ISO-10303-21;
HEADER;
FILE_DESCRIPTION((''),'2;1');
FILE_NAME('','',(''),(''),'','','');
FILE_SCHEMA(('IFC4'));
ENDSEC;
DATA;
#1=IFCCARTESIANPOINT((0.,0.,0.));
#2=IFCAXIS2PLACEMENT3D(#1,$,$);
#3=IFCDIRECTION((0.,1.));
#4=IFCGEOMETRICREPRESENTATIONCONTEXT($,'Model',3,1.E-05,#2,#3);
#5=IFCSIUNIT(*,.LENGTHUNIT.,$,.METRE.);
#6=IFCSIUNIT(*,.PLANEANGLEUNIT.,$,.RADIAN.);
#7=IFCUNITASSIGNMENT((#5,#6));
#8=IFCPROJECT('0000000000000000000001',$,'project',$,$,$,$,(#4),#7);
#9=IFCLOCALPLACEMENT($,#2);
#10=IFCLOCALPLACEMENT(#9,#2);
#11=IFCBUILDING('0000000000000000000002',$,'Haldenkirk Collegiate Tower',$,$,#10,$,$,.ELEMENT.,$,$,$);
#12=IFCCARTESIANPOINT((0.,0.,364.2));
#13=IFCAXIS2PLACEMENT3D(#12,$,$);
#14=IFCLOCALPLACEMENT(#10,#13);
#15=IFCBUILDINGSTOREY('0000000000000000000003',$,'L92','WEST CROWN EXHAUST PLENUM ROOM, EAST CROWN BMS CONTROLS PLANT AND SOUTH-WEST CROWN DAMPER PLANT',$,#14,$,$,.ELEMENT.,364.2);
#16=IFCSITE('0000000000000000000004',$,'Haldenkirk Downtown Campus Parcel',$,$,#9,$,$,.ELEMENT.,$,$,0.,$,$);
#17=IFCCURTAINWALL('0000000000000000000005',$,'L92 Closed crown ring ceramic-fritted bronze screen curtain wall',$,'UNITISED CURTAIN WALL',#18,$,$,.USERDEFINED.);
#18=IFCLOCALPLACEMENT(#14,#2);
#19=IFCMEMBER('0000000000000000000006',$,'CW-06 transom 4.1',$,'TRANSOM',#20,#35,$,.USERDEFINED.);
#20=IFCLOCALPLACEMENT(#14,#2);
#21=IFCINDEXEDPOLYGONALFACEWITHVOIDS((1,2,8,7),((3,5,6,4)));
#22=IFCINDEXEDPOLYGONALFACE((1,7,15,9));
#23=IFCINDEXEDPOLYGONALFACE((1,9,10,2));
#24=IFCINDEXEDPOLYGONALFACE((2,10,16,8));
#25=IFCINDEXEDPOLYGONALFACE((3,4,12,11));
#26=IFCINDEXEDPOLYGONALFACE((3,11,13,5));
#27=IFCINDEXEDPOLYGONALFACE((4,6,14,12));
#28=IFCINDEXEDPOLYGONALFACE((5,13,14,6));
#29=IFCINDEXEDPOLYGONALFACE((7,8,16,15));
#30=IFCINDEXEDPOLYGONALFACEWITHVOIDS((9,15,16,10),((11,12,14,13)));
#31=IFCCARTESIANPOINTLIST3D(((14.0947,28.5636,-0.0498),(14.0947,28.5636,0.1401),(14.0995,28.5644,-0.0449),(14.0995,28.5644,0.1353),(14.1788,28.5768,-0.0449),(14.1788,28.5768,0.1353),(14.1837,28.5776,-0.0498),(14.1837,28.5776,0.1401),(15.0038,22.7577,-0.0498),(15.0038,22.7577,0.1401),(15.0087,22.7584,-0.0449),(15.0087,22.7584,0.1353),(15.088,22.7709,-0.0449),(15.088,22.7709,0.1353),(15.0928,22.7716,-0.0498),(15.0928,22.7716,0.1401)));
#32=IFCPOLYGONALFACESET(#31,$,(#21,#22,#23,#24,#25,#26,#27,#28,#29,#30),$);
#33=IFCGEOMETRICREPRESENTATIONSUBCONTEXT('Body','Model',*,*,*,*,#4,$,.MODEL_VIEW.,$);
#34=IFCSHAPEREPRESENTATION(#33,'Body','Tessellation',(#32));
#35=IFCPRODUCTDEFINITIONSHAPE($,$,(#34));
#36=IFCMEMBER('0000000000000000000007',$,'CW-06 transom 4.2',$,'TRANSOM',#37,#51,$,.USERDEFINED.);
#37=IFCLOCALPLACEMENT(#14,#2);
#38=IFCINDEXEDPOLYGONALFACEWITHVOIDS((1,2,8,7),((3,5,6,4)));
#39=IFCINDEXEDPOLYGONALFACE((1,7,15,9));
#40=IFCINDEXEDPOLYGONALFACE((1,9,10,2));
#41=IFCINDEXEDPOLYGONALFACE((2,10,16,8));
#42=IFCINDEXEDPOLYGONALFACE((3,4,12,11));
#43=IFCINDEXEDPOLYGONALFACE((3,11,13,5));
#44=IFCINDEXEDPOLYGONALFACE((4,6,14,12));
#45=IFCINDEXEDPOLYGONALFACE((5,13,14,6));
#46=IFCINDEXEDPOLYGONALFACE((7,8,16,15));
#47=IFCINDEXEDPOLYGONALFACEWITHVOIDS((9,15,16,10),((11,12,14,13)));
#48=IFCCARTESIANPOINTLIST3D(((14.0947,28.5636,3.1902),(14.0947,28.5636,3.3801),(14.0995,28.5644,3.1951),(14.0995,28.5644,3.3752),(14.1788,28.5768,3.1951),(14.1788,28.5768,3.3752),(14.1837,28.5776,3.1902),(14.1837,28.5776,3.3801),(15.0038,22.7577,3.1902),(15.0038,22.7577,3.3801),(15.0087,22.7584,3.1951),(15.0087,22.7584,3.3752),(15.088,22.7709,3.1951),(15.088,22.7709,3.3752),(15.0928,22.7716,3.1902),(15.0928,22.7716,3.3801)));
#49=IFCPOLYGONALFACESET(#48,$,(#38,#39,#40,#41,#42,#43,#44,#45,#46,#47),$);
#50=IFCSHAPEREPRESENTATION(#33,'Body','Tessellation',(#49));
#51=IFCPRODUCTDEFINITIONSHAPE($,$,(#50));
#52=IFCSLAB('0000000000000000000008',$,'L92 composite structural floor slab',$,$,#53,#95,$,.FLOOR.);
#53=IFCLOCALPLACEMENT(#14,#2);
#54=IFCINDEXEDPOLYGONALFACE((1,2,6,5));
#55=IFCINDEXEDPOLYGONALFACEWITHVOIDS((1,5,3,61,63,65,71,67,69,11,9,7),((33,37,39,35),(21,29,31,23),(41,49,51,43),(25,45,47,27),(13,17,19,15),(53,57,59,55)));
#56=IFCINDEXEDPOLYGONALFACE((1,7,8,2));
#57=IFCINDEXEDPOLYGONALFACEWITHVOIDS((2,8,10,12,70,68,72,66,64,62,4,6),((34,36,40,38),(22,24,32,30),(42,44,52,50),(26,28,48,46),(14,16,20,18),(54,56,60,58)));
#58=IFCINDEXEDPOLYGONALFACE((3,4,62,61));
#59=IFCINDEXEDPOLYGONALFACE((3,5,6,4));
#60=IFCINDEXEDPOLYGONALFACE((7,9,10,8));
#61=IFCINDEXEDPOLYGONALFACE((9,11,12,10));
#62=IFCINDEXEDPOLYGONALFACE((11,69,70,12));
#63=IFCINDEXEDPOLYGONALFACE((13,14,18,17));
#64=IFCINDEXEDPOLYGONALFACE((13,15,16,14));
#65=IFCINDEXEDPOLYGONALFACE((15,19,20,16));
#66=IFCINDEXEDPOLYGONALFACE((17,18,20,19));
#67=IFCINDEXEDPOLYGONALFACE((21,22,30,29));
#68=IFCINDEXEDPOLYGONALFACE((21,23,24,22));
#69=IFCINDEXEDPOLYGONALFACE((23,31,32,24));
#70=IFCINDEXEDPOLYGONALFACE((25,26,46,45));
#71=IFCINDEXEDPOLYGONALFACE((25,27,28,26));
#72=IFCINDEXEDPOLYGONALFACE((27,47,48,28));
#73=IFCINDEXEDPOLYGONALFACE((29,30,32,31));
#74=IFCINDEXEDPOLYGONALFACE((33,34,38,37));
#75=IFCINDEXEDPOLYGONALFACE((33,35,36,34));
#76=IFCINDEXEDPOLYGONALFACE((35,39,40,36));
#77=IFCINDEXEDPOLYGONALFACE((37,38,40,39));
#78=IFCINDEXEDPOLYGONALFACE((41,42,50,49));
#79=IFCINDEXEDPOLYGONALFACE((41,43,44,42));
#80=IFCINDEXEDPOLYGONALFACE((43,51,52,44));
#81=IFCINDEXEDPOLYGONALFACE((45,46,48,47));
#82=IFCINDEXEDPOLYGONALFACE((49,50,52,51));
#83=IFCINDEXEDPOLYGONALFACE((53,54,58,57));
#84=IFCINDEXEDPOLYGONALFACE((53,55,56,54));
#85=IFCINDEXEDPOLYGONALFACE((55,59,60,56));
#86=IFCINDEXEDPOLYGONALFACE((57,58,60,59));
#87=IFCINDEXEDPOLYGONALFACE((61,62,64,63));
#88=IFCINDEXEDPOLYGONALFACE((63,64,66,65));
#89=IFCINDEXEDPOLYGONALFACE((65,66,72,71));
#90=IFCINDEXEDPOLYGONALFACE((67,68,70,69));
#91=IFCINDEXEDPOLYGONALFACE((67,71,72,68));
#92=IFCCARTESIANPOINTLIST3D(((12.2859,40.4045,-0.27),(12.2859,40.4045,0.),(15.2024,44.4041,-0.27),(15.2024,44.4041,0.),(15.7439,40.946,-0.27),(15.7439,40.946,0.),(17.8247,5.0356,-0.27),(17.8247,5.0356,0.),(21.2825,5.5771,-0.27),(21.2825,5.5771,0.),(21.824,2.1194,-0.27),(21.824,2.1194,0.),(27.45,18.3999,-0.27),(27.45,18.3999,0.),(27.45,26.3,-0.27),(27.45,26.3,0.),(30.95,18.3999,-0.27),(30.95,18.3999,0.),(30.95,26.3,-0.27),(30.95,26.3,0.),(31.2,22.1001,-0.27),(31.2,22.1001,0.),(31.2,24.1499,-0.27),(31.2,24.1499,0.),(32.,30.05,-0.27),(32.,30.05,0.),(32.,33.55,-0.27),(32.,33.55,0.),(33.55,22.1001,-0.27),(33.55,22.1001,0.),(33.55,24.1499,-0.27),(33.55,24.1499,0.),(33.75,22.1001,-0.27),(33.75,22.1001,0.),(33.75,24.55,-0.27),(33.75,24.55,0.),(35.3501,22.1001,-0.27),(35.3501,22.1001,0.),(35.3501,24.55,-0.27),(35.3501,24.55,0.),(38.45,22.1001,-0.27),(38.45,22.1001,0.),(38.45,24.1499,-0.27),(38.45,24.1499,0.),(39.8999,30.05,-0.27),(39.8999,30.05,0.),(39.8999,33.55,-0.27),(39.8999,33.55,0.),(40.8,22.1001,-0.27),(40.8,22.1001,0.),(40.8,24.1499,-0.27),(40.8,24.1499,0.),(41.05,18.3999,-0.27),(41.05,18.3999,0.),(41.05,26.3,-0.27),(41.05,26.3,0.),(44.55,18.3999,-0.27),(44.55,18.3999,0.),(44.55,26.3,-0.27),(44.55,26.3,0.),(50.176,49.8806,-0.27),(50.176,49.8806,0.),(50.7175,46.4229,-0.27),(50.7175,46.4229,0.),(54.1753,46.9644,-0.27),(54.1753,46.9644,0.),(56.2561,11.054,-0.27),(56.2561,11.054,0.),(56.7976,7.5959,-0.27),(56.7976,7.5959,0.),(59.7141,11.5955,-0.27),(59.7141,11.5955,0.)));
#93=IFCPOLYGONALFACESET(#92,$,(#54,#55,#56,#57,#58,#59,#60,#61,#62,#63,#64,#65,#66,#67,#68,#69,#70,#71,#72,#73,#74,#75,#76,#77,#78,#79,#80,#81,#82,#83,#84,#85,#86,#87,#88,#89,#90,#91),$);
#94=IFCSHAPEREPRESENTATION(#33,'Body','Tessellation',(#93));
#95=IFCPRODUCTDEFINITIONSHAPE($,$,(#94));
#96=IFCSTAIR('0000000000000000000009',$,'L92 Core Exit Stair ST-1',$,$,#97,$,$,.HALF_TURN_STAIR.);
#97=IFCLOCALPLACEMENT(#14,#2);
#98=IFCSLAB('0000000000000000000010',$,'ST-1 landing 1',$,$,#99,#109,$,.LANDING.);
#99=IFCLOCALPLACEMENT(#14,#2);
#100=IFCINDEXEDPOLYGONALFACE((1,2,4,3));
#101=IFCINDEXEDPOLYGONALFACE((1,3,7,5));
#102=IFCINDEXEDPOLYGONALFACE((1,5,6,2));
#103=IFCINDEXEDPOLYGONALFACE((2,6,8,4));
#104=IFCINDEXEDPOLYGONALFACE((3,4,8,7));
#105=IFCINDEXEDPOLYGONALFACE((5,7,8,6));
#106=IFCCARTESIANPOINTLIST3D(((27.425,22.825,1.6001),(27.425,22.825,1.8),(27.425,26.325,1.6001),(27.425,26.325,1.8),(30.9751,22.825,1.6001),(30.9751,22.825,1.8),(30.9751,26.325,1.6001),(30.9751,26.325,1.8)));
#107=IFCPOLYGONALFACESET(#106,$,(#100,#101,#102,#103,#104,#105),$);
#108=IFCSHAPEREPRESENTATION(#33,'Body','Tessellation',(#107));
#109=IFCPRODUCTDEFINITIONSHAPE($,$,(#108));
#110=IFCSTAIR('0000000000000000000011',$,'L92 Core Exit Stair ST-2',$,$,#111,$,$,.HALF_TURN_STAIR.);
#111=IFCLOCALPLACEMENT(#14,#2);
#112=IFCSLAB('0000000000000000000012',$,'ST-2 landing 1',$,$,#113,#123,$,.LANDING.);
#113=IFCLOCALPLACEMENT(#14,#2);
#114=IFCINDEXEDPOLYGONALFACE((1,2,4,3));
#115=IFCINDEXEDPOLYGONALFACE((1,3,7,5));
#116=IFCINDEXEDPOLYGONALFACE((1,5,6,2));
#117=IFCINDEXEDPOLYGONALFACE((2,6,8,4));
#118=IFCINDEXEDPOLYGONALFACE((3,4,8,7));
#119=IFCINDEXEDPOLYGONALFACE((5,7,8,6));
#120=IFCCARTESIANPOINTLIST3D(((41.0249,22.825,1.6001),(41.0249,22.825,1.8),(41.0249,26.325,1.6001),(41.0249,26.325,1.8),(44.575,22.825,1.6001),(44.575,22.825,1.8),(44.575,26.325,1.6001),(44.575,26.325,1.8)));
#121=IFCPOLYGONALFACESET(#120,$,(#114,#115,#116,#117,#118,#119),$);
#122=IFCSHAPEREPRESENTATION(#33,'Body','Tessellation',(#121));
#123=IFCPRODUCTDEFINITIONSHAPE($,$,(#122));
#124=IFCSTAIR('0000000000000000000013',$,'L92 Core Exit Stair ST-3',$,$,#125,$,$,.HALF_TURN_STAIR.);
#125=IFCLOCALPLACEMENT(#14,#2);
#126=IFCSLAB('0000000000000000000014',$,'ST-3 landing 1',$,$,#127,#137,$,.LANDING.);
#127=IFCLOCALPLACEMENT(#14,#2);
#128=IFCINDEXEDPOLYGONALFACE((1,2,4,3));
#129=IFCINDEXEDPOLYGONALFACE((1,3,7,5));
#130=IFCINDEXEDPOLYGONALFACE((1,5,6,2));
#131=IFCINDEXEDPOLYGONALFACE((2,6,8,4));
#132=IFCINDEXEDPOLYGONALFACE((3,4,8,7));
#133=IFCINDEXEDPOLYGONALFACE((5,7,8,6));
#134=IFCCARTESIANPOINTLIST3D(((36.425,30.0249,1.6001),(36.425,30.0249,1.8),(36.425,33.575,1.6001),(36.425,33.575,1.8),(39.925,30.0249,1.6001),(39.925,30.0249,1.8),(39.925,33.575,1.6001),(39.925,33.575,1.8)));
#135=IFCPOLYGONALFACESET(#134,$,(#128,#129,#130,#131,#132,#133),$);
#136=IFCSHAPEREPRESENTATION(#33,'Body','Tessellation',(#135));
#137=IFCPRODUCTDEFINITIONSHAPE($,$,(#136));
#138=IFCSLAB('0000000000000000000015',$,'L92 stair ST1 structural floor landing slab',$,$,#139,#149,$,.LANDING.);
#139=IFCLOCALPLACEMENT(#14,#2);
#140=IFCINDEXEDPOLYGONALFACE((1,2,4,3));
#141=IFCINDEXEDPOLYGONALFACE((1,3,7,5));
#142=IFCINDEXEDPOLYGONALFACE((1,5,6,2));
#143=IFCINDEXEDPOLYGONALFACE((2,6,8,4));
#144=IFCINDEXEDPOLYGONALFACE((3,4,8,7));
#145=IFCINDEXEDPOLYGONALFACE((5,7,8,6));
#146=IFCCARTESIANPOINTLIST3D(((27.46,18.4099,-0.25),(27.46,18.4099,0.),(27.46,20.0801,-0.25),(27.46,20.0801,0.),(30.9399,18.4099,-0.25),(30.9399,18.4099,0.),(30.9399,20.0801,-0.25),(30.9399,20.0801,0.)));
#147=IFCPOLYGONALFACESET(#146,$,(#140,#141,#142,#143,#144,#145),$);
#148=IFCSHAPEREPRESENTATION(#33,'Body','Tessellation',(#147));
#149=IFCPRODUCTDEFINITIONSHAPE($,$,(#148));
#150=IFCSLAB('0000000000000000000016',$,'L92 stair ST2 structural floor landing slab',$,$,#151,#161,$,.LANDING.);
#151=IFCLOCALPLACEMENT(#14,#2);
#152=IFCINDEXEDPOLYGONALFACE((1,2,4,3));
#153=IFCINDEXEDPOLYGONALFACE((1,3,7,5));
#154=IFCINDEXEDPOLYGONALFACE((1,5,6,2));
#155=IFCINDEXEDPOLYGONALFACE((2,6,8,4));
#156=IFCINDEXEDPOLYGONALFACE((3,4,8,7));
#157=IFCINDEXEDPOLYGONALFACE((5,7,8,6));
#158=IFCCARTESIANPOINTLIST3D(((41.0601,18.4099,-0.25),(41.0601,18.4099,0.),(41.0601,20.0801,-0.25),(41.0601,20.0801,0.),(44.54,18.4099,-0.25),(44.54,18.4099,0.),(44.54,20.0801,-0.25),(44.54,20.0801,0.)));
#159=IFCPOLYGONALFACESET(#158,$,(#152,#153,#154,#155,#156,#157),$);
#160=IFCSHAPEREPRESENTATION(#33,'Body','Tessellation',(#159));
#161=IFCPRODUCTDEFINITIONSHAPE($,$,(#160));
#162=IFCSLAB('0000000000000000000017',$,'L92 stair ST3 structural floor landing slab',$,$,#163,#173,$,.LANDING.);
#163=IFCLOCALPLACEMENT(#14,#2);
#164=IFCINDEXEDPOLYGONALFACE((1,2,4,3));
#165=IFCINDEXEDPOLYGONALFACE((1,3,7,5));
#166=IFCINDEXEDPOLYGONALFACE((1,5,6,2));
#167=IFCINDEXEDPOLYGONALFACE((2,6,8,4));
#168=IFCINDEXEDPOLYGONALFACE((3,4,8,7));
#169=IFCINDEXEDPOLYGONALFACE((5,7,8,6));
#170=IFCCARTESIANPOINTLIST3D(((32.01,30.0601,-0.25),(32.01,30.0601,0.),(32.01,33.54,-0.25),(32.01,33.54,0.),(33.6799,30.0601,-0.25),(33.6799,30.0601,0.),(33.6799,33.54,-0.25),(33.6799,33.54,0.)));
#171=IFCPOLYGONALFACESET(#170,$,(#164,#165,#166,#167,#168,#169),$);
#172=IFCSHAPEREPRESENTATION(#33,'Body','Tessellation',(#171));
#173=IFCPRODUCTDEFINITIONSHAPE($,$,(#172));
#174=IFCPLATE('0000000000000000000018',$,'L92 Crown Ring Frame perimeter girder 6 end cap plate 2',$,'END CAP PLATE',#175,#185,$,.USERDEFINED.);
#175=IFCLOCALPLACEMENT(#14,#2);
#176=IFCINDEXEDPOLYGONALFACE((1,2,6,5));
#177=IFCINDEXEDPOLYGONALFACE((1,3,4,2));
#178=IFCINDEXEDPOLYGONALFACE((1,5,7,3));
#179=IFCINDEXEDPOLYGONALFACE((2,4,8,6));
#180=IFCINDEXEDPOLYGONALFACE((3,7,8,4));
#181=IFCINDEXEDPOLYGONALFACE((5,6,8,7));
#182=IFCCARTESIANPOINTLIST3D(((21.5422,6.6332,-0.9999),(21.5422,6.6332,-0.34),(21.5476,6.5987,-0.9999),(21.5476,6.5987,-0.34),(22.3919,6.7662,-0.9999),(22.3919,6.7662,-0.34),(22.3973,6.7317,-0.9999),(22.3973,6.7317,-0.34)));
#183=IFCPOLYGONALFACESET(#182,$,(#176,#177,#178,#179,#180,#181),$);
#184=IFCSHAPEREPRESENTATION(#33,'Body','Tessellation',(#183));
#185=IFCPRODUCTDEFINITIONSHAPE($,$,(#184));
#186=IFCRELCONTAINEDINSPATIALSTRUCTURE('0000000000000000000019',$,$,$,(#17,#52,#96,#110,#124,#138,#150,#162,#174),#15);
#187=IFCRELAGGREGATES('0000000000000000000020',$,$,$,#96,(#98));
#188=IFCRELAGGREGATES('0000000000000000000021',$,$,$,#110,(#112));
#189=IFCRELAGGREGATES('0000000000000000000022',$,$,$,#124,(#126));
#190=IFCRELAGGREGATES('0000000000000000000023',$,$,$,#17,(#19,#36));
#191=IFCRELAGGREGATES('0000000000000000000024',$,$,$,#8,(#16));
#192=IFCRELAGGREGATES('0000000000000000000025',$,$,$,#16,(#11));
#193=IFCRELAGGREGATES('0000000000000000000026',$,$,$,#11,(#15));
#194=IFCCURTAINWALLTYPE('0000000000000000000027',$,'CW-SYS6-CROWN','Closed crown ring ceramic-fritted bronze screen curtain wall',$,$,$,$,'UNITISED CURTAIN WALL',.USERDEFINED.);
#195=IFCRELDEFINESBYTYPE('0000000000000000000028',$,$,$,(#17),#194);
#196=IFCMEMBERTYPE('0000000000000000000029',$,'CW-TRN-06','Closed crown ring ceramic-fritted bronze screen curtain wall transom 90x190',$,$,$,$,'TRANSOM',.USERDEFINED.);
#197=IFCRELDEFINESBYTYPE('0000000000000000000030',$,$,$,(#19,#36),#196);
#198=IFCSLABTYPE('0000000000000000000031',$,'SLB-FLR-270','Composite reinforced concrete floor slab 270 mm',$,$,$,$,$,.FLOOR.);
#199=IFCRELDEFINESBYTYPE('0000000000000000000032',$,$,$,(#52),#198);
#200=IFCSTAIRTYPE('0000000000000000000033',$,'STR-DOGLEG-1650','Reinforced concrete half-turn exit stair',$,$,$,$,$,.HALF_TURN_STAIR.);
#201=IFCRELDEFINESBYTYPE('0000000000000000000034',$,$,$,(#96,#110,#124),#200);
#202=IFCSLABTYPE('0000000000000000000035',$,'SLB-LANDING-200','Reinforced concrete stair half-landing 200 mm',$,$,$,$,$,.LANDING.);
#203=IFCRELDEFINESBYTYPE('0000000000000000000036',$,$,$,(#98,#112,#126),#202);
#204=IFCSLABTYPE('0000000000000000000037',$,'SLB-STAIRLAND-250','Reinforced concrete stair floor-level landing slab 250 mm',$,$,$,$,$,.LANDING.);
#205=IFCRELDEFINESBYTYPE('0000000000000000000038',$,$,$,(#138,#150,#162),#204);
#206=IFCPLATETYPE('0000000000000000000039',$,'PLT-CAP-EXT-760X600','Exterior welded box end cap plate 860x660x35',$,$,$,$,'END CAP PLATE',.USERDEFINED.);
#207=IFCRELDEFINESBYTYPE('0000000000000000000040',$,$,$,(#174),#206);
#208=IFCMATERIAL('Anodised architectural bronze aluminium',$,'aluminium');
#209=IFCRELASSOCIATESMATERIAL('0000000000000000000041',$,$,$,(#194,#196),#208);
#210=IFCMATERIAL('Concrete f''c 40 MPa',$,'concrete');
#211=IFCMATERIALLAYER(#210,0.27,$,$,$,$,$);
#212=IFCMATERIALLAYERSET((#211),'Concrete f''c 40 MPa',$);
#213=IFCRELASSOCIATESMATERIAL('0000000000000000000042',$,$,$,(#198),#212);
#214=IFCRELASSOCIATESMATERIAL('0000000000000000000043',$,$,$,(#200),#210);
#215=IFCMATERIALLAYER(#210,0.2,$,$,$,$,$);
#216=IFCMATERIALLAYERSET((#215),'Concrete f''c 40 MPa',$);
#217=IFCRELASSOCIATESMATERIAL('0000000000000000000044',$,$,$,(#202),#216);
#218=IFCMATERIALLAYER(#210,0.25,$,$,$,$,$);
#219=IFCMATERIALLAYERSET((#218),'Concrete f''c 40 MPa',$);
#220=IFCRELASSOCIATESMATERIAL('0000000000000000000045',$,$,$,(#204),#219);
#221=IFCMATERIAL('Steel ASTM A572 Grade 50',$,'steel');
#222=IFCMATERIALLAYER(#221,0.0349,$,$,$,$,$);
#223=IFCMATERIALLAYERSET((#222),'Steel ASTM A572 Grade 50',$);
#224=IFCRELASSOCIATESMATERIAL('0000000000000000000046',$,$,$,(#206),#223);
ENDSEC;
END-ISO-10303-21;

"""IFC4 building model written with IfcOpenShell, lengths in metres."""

from ifc_helpers import new_model, si_unit, direction, frame, origin, origin_2d, place, context, subcontext, project, spatial, polyline, rectangle, hollow_rectangle, outline, extrude, source, transform, mapped, material, layer, layer_set, material_profile, profile_set, type_object, element, aggregate, save


model = new_model("IFC4")

# Units and contexts
model_context = context("Model", 3, precision=1e-05, world=origin(), true_north=direction((0.0, 1.0)))
body_context = subcontext(model_context, "Body", "Model", "MODEL_VIEW")
ifc_project = project(units=[si_unit("LENGTHUNIT", "METRE"), si_unit("PLANEANGLEUNIT", "RADIAN")], contexts=[model_context])

# Site, building, storey
site_placement = place(None, origin())
site = spatial("IfcSite", under=ifc_project, at=site_placement, Name="Haldenkirk Downtown Campus Parcel", CompositionType="ELEMENT", RefElevation=0.0)
building_placement = place(site_placement, origin())
building = spatial("IfcBuilding", under=site, at=building_placement, Name="Haldenkirk Collegiate Tower", CompositionType="ELEMENT")
storey_placement = place(building_placement, frame((0.0, 0.0, 364.2)))
storey = spatial("IfcBuildingStorey", under=building, at=storey_placement, Name="L92", Description="WEST CROWN EXHAUST PLENUM ROOM, EAST CROWN BMS CONTROLS PLANT AND SOUTH-WEST CROWN DAMPER PLANT", CompositionType="ELEMENT", Elevation=364.2)

# Curtain wall
ifc_material_1 = material(Name="Anodised architectural bronze aluminium", Category="aluminium")
curtain_wall_type = type_object("IfcCurtainWallType", Name="CW-SYS6-CROWN", Description="Closed crown ring ceramic-fritted bronze screen curtain wall", ElementType="UNITISED CURTAIN WALL", PredefinedType="USERDEFINED", material=ifc_material_1)
curtain_wall_1_placement = place(storey_placement, origin())
curtain_wall_1 = element("IfcCurtainWall", 1, at=curtain_wall_1_placement, inside=storey, type_object=curtain_wall_type, Name="L92 Closed crown ring ceramic-fritted bronze screen curtain wall", ObjectType="UNITISED CURTAIN WALL", PredefinedType="USERDEFINED")

# Members
ifc_material_profile_1 = material_profile(ifc_material_1, hollow_rectangle(XDim=0.0901, YDim=0.1899, WallThickness=0.0049, at=origin_2d()), Name="CW-TRN-06")
ifc_profile_set_1 = profile_set([ifc_material_profile_1], Name="Anodised architectural bronze aluminium")
member_type_1 = type_object("IfcMemberType", Name="CW-TRN-06", Description="Closed crown ring ceramic-fritted bronze screen curtain wall transom 90x190", ElementType="TRANSOM", PredefinedType="USERDEFINED", material=ifc_profile_set_1)
member_1_placement = place(storey_placement, frame((15.0483, 22.7646, 0.0452), z_axis=(-0.15471, 0.98796, 0.0), x_axis=(-0.98796, -0.15471, 0.0)))
member_1 = element("IfcMember", 2, at=member_1_placement, type_object=member_type_1, Name="CW-06 transom 4.1", ObjectType="TRANSOM", PredefinedType="USERDEFINED", context=body_context, shape_type="SweptSolid", body=[
    extrude(hollow_rectangle(XDim=0.0901, YDim=0.1899, WallThickness=0.0049, at=origin_2d()), origin(), (0.0, 0.0, 1.0), 5.8767),
])
member_2_placement = place(storey_placement, frame((15.0483, 22.7646, 3.2852), z_axis=(-0.15471, 0.98796, 0.0), x_axis=(-0.98796, -0.15471, 0.0)))
member_2 = element("IfcMember", 3, at=member_2_placement, type_object=member_type_1, Name="CW-06 transom 4.2", ObjectType="TRANSOM", PredefinedType="USERDEFINED", context=body_context, shape_type="SweptSolid", body=[
    extrude(hollow_rectangle(XDim=0.0901, YDim=0.1899, WallThickness=0.0049, at=origin_2d()), origin(), (0.0, 0.0, 1.0), 5.8767),
])

# Slab
ifc_material_2 = material(Name="Concrete f'c 40 MPa", Category="concrete")
ifc_layer_1 = layer(ifc_material_2, 0.27)
ifc_layer_set_1 = layer_set([ifc_layer_1], Name="Concrete f'c 40 MPa")
slab_type_1 = type_object("IfcSlabType", Name="SLB-FLR-270", Description="Composite reinforced concrete floor slab 270 mm", PredefinedType="FLOOR", material=ifc_layer_set_1)
slab_1_placement = place(storey_placement, frame((0.0, 0.0, -0.27)))
element("IfcSlab", 4, at=slab_1_placement, inside=storey, type_object=slab_type_1, Name="L92 composite structural floor slab", PredefinedType="FLOOR", context=body_context, shape_type="SweptSolid", body=[
    extrude(outline(polyline([(59.7141, 11.5955), (54.1753, 46.9644), (50.7175, 46.4229), (50.176, 49.8806), (15.2024, 44.4041), (15.7439, 40.946), (12.2859, 40.4045), (17.8247, 5.0356), (21.2825, 5.5771), (21.824, 2.1194), (56.7976, 7.5959), (56.2561, 11.054), (59.7141, 11.5955)]), holes=[polyline([(27.45, 18.3999), (30.95, 18.3999), (30.95, 26.3), (27.45, 26.3), (27.45, 18.3999)]), polyline([(41.05, 18.3999), (44.55, 18.3999), (44.55, 26.3), (41.05, 26.3), (41.05, 18.3999)]), polyline([(32.0, 30.05), (39.8999, 30.05), (39.8999, 33.55), (32.0, 33.55), (32.0, 30.05)]), polyline([(33.75, 22.1001), (35.3501, 22.1001), (35.3501, 24.55), (33.75, 24.55), (33.75, 22.1001)]), polyline([(31.2, 22.1001), (33.55, 22.1001), (33.55, 24.1499), (31.2, 24.1499), (31.2, 22.1001)]), polyline([(38.45, 22.1001), (40.8, 22.1001), (40.8, 24.1499), (38.45, 24.1499), (38.45, 22.1001)])]), origin(), (0.0, 0.0, 1.0), 0.27),
])

# Stairs, slabs
stair_type = type_object("IfcStairType", Name="STR-DOGLEG-1650", Description="Reinforced concrete half-turn exit stair", PredefinedType="HALF_TURN_STAIR", material=ifc_material_2)
stair_1_placement = place(storey_placement, origin())
stair_1 = element("IfcStair", 5, at=stair_1_placement, inside=storey, type_object=stair_type, Name="L92 Core Exit Stair ST-1", PredefinedType="HALF_TURN_STAIR")
ifc_layer_2 = layer(ifc_material_2, 0.2)
ifc_layer_set_2 = layer_set([ifc_layer_2], Name="Concrete f'c 40 MPa")
slab_type_2 = type_object("IfcSlabType", Name="SLB-LANDING-200", Description="Reinforced concrete stair half-landing 200 mm", PredefinedType="LANDING", material=ifc_layer_set_2)
slab_2_placement = place(storey_placement, frame((0.0, 0.0, 1.6001)))
slab_2 = element("IfcSlab", 6, at=slab_2_placement, type_object=slab_type_2, Name="ST-1 landing 1", PredefinedType="LANDING", context=body_context, shape_type="SweptSolid", body=[
    extrude(outline(polyline([(30.9751, 22.825), (27.425, 22.825), (27.425, 26.325), (30.9751, 26.325), (30.9751, 22.825)])), origin(), (0.0, 0.0, 1.0), 0.2),
])
aggregate(stair_1, [slab_2])
stair_2_placement = place(storey_placement, origin())
stair_2 = element("IfcStair", 7, at=stair_2_placement, inside=storey, type_object=stair_type, Name="L92 Core Exit Stair ST-2", PredefinedType="HALF_TURN_STAIR")
slab_3_placement = place(storey_placement, frame((0.0, 0.0, 1.6001)))
slab_3 = element("IfcSlab", 8, at=slab_3_placement, type_object=slab_type_2, Name="ST-2 landing 1", PredefinedType="LANDING", context=body_context, shape_type="SweptSolid", body=[
    extrude(outline(polyline([(44.575, 22.825), (41.0249, 22.825), (41.0249, 26.325), (44.575, 26.325), (44.575, 22.825)])), origin(), (0.0, 0.0, 1.0), 0.2),
])
aggregate(stair_2, [slab_3])
stair_3_placement = place(storey_placement, origin())
stair_3 = element("IfcStair", 9, at=stair_3_placement, inside=storey, type_object=stair_type, Name="L92 Core Exit Stair ST-3", PredefinedType="HALF_TURN_STAIR")
slab_4_placement = place(storey_placement, frame((0.0, 0.0, 1.6001)))
slab_4 = element("IfcSlab", 10, at=slab_4_placement, type_object=slab_type_2, Name="ST-3 landing 1", PredefinedType="LANDING", context=body_context, shape_type="SweptSolid", body=[
    extrude(outline(polyline([(36.425, 30.0249), (36.425, 33.575), (39.925, 33.575), (39.925, 30.0249), (36.425, 30.0249)])), origin(), (0.0, 0.0, 1.0), 0.2),
])
aggregate(stair_3, [slab_4])

# Slabs
ifc_layer_3 = layer(ifc_material_2, 0.25)
ifc_layer_set_3 = layer_set([ifc_layer_3], Name="Concrete f'c 40 MPa")
slab_type_3 = type_object("IfcSlabType", Name="SLB-STAIRLAND-250", Description="Reinforced concrete stair floor-level landing slab 250 mm", PredefinedType="LANDING", material=ifc_layer_set_3)
slab_5_placement = place(storey_placement, frame((0.0, 0.0, -0.25)))
element("IfcSlab", 11, at=slab_5_placement, inside=storey, type_object=slab_type_3, Name="L92 stair ST1 structural floor landing slab", PredefinedType="LANDING", context=body_context, shape_type="SweptSolid", body=[
    extrude(outline(polyline([(27.46, 18.4099), (30.9399, 18.4099), (30.9399, 20.0801), (27.46, 20.0801), (27.46, 18.4099)])), origin(), (0.0, 0.0, 1.0), 0.25),
])
slab_6_placement = place(storey_placement, frame((0.0, 0.0, -0.25)))
element("IfcSlab", 12, at=slab_6_placement, inside=storey, type_object=slab_type_3, Name="L92 stair ST2 structural floor landing slab", PredefinedType="LANDING", context=body_context, shape_type="SweptSolid", body=[
    extrude(outline(polyline([(41.0601, 18.4099), (44.54, 18.4099), (44.54, 20.0801), (41.0601, 20.0801), (41.0601, 18.4099)])), origin(), (0.0, 0.0, 1.0), 0.25),
])
slab_7_placement = place(storey_placement, frame((0.0, 0.0, -0.25)))
element("IfcSlab", 13, at=slab_7_placement, inside=storey, type_object=slab_type_3, Name="L92 stair ST3 structural floor landing slab", PredefinedType="LANDING", context=body_context, shape_type="SweptSolid", body=[
    extrude(outline(polyline([(32.01, 30.0601), (33.6799, 30.0601), (33.6799, 33.54), (32.01, 33.54), (32.01, 30.0601)])), origin(), (0.0, 0.0, 1.0), 0.25),
])

# Plate
ifc_material_3 = material(Name="Steel ASTM A572 Grade 50", Category="steel")
ifc_layer_4 = layer(ifc_material_3, 0.0349)
ifc_layer_set_4 = layer_set([ifc_layer_4], Name="Steel ASTM A572 Grade 50")
plate_type_1 = type_object("IfcPlateType", Name="PLT-CAP-EXT-760X600", Description="Exterior welded box end cap plate 860x660x35", ElementType="END CAP PLATE", PredefinedType="USERDEFINED", material=ifc_layer_set_4)
shared_shape_1 = source(origin(), body_context, "Body", "SweptSolid", [
    extrude(rectangle(XDim=0.8601, YDim=0.6599, at=origin_2d()), origin(), (0.0, 0.0, 1.0), 0.0349),
])
plate_1_placement = place(storey_placement, frame((21.967, 6.6997, -0.6699), z_axis=(0.154711, -0.98796, 0.0), x_axis=(0.98796, 0.154711, 0.0)))
element("IfcPlate", 14, at=plate_1_placement, inside=storey, type_object=plate_type_1, Name="L92 Crown Ring Frame perimeter girder 6 end cap plate 2", ObjectType="END CAP PLATE", PredefinedType="USERDEFINED", context=body_context, shape_type="MappedRepresentation", body=[
    mapped(shared_shape_1, transform((0.0, 0.0, 0.0), x_axis=(1.0, 0.0, 0.0), y_axis=(0.0, 1.0, 0.0), z_axis=(0.0, 0.0, 1.0), scale=1.0)),
])
aggregate(curtain_wall_1, [member_1, member_2])

save(model, "model.ifc")
